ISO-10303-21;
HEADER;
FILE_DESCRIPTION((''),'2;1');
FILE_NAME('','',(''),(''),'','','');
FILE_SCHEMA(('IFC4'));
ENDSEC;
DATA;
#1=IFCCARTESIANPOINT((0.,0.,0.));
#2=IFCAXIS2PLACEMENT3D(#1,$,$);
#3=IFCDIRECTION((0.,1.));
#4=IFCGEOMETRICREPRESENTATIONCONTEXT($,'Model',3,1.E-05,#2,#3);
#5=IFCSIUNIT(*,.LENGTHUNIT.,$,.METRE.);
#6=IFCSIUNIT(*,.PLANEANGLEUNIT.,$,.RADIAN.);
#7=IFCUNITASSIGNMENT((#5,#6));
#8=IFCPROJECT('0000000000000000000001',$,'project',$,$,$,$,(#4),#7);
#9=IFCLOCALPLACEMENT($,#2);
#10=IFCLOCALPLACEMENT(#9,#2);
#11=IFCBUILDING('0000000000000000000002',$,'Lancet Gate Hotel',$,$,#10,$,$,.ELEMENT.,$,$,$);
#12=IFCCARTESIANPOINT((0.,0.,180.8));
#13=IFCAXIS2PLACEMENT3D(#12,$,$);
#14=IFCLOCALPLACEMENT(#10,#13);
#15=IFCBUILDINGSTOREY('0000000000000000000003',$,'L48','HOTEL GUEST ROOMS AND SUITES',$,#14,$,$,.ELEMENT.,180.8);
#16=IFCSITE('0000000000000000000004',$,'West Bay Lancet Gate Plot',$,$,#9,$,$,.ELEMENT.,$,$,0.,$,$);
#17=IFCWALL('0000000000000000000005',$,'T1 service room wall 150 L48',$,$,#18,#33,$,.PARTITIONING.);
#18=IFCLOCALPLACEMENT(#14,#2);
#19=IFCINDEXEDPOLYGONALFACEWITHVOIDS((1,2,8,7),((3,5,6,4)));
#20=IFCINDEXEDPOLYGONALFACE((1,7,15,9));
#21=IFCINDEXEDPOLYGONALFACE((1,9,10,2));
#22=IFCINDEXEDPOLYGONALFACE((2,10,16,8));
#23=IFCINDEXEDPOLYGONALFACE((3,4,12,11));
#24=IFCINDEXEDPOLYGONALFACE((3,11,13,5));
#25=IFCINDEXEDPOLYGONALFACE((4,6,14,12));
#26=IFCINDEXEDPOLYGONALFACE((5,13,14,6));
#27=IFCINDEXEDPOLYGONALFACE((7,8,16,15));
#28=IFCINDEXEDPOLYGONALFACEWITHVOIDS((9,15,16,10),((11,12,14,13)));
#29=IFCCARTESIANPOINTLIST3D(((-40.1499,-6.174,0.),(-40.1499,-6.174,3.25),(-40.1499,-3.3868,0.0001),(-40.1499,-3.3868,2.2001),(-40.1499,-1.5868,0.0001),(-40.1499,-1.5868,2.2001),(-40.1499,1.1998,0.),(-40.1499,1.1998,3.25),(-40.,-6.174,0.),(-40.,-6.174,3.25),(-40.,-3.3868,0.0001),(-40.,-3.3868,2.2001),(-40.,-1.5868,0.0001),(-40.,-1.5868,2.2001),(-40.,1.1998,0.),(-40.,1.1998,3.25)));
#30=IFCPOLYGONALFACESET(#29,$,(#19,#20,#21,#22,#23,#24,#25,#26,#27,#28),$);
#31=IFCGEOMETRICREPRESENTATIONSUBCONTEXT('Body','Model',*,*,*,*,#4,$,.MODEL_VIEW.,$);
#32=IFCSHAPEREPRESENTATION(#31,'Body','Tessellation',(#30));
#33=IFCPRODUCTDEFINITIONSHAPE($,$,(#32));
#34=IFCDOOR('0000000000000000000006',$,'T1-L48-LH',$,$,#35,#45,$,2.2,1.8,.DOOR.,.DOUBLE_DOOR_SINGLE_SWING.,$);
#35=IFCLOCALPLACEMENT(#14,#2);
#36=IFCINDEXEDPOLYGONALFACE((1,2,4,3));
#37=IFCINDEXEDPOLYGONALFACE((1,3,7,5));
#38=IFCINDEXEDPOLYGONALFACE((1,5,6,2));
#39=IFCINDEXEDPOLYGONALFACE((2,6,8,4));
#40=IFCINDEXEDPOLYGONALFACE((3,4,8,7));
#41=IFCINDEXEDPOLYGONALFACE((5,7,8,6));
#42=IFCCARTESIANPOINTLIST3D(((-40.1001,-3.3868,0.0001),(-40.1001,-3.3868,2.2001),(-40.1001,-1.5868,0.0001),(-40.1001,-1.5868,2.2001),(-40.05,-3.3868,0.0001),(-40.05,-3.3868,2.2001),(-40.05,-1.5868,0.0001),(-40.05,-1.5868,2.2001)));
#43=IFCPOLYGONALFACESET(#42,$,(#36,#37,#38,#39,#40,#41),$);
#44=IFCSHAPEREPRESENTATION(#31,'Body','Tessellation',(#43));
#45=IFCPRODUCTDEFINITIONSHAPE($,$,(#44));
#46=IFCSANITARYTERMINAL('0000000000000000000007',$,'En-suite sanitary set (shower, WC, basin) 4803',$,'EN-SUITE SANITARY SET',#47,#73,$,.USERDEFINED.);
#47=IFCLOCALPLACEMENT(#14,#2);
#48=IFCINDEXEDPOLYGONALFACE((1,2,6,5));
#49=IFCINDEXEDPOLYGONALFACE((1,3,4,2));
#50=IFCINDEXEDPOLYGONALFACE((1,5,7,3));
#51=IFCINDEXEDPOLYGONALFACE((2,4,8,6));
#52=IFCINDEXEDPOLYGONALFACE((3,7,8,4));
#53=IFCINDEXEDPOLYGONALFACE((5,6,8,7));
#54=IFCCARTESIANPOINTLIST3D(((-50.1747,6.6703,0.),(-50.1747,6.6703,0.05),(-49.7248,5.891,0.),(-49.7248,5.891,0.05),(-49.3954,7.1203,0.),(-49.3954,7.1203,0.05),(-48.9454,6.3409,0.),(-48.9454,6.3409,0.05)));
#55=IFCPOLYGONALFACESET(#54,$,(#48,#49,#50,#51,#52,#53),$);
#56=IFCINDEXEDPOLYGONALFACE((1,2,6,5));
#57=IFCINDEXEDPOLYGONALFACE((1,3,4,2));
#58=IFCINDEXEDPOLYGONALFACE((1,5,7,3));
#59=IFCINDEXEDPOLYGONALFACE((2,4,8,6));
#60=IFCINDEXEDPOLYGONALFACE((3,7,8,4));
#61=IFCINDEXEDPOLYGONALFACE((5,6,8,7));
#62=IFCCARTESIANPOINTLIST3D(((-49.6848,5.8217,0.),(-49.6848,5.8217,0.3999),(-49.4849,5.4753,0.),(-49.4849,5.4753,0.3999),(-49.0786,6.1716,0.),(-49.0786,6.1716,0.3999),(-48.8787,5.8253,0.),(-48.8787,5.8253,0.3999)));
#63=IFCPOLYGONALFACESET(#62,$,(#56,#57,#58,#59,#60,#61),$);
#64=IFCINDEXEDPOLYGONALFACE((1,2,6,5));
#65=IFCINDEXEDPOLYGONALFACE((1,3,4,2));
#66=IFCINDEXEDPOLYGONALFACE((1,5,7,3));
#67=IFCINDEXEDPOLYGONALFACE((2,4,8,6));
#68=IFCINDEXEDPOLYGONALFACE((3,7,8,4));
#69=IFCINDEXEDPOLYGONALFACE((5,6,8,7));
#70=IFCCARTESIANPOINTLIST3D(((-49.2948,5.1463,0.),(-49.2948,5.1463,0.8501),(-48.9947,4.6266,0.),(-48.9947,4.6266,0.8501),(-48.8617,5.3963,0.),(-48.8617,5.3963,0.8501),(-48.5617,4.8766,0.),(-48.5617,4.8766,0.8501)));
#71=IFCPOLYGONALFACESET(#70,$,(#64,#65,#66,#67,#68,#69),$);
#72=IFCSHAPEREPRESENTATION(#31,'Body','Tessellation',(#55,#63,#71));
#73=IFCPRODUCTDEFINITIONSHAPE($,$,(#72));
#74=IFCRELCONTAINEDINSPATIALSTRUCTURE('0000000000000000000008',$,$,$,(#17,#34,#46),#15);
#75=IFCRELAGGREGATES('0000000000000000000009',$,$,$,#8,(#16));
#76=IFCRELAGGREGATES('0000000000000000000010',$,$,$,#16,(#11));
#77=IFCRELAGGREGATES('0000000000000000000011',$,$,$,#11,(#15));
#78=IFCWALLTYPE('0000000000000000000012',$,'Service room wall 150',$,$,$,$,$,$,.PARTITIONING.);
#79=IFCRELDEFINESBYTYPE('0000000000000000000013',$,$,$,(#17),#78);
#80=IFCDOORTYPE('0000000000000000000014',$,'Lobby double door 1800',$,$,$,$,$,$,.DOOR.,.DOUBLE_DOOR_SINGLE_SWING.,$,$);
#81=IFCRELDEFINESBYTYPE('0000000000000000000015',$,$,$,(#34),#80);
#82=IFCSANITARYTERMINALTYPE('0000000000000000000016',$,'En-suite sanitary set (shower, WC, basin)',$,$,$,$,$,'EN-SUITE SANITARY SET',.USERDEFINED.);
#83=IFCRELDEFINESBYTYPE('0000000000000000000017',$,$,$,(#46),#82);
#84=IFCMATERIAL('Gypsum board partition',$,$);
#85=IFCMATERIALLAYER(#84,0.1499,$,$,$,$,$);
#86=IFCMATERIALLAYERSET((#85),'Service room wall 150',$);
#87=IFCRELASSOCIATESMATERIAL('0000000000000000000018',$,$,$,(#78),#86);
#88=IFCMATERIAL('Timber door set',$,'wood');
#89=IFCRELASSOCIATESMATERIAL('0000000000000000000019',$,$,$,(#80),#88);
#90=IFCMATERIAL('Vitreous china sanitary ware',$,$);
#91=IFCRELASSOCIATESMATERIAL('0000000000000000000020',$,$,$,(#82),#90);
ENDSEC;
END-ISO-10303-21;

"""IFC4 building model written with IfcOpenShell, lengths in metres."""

from ifc_helpers import new_model, si_unit, direction, frame, frame_2d, origin, origin_2d, place, context, subcontext, project, spatial, rectangle, extrude, material, layer, layer_set, type_object, element, fill, save


model = new_model("IFC4")

# Units and contexts
model_context = context("Model", 3, precision=1e-05, world=origin(), true_north=direction((0.0, 1.0)))
body_context = subcontext(model_context, "Body", "Model", "MODEL_VIEW")
ifc_project = project(units=[si_unit("LENGTHUNIT", "METRE"), si_unit("PLANEANGLEUNIT", "RADIAN")], contexts=[model_context])

# Site, building, storey
site_placement = place(None, origin())
site = spatial("IfcSite", under=ifc_project, at=site_placement, Name="West Bay Lancet Gate Plot", CompositionType="ELEMENT", RefElevation=0.0)
building_placement = place(site_placement, origin())
building = spatial("IfcBuilding", under=site, at=building_placement, Name="Lancet Gate Hotel", CompositionType="ELEMENT")
storey_placement = place(building_placement, frame((0.0, 0.0, 180.8)))
storey = spatial("IfcBuildingStorey", under=building, at=storey_placement, Name="L48", Description="HOTEL GUEST ROOMS AND SUITES", CompositionType="ELEMENT", Elevation=180.8)

# Wall, opening, door
ifc_material_1 = material(Name="Gypsum board partition")
ifc_layer_1 = layer(ifc_material_1, 0.1499)
ifc_layer_set_1 = layer_set([ifc_layer_1], Name="Service room wall 150")
wall_type_1 = type_object("IfcWallType", Name="Service room wall 150", PredefinedType="PARTITIONING", material=ifc_layer_set_1)
wall_1_placement = place(storey_placement, frame((-40.075, 1.2, 0.0), z_axis=(0.0, 0.0, 1.0), x_axis=(0.0, -1.0, 0.0)))
wall_1 = element("IfcWall", 1, at=wall_1_placement, inside=storey, type_object=wall_type_1, Name="T1 service room wall 150 L48", PredefinedType="PARTITIONING", context=body_context, shape_type="SweptSolid", body=[
    extrude(rectangle(XDim=7.3738, YDim=0.1499, at=frame_2d((3.687, 0.0))), origin(), (0.0, 0.0, 1.0), 3.25),
])
opening_1_placement = place(wall_1_placement, frame((2.7869, 0.0, 0.0)))
opening_1 = element("IfcOpeningElement", 2, at=opening_1_placement, cuts=wall_1, PredefinedType="OPENING", context=body_context, shape_type="SweptSolid", body=[
    extrude(rectangle(XDim=1.8, YDim=2.2, at=frame_2d((0.8999, 1.1001))), frame((0.0, 0.085, 0.0), z_axis=(0.0, -1.0, 0.0), x_axis=(1.0, 0.0, 0.0)), (0.0, 0.0, 1.0), 0.1699),
])
ifc_material_2 = material(Name="Timber door set", Category="wood")
door_type_1 = type_object("IfcDoorType", Name="Lobby double door 1800", OperationType="DOUBLE_DOOR_SINGLE_SWING", PredefinedType="DOOR", material=ifc_material_2)
door_1_placement = place(opening_1_placement, origin())
door_1 = element("IfcDoor", 3, at=door_1_placement, inside=storey, type_object=door_type_1, Name="T1-L48-LH", OperationType="DOUBLE_DOOR_SINGLE_SWING", OverallHeight=2.2, OverallWidth=1.8, PredefinedType="DOOR", context=body_context, shape_type="SweptSolid", body=[
    extrude(rectangle(XDim=1.8, YDim=2.2, at=frame_2d((0.8999, 1.1001))), frame((0.0, 0.0249, 0.0), z_axis=(0.0, -1.0, 0.0), x_axis=(1.0, 0.0, 0.0)), (0.0, 0.0, 1.0), 0.05),
])
fill(opening_1, door_1)

# Sanitary terminal
ifc_material_3 = material(Name="Vitreous china sanitary ware")
sanitary_terminal_type = type_object("IfcSanitaryTerminalType", Name="En-suite sanitary set (shower, WC, basin)", ElementType="EN-SUITE SANITARY SET", PredefinedType="USERDEFINED", material=ifc_material_3)
sanitary_terminal_placement = place(storey_placement, frame((-49.5601, 6.5056, 0.0), z_axis=(0.0, 0.0, 1.0), x_axis=(1.0, 0.0, 0.0)))
element("IfcSanitaryTerminal", 4, at=sanitary_terminal_placement, inside=storey, type_object=sanitary_terminal_type, Name="En-suite sanitary set (shower, WC, basin) 4803", ObjectType="EN-SUITE SANITARY SET", PredefinedType="USERDEFINED", context=body_context, shape_type="SweptSolid", body=[
    extrude(rectangle(XDim=0.8999, YDim=0.8999, at=origin_2d()), frame((0.0, 0.0, 0.0), z_axis=(0.0, 0.0, 1.0), x_axis=(-0.5, 0.866025, 0.0)), (0.0, 0.0, 1.0), 0.05),
    extrude(rectangle(XDim=0.3999, YDim=0.7, at=origin_2d()), frame((0.2783, -0.6821, 0.0), z_axis=(0.0, 0.0, 1.0), x_axis=(-0.5, 0.866025, 0.0)), (0.0, 0.0, 1.0), 0.3999),
    extrude(rectangle(XDim=0.6001, YDim=0.5, at=origin_2d()), frame((0.6318, -1.4941, 0.0), z_axis=(0.0, 0.0, 1.0), x_axis=(-0.5, 0.866025, 0.0)), (0.0, 0.0, 1.0), 0.8501),
])

save(model, "model.ifc")
